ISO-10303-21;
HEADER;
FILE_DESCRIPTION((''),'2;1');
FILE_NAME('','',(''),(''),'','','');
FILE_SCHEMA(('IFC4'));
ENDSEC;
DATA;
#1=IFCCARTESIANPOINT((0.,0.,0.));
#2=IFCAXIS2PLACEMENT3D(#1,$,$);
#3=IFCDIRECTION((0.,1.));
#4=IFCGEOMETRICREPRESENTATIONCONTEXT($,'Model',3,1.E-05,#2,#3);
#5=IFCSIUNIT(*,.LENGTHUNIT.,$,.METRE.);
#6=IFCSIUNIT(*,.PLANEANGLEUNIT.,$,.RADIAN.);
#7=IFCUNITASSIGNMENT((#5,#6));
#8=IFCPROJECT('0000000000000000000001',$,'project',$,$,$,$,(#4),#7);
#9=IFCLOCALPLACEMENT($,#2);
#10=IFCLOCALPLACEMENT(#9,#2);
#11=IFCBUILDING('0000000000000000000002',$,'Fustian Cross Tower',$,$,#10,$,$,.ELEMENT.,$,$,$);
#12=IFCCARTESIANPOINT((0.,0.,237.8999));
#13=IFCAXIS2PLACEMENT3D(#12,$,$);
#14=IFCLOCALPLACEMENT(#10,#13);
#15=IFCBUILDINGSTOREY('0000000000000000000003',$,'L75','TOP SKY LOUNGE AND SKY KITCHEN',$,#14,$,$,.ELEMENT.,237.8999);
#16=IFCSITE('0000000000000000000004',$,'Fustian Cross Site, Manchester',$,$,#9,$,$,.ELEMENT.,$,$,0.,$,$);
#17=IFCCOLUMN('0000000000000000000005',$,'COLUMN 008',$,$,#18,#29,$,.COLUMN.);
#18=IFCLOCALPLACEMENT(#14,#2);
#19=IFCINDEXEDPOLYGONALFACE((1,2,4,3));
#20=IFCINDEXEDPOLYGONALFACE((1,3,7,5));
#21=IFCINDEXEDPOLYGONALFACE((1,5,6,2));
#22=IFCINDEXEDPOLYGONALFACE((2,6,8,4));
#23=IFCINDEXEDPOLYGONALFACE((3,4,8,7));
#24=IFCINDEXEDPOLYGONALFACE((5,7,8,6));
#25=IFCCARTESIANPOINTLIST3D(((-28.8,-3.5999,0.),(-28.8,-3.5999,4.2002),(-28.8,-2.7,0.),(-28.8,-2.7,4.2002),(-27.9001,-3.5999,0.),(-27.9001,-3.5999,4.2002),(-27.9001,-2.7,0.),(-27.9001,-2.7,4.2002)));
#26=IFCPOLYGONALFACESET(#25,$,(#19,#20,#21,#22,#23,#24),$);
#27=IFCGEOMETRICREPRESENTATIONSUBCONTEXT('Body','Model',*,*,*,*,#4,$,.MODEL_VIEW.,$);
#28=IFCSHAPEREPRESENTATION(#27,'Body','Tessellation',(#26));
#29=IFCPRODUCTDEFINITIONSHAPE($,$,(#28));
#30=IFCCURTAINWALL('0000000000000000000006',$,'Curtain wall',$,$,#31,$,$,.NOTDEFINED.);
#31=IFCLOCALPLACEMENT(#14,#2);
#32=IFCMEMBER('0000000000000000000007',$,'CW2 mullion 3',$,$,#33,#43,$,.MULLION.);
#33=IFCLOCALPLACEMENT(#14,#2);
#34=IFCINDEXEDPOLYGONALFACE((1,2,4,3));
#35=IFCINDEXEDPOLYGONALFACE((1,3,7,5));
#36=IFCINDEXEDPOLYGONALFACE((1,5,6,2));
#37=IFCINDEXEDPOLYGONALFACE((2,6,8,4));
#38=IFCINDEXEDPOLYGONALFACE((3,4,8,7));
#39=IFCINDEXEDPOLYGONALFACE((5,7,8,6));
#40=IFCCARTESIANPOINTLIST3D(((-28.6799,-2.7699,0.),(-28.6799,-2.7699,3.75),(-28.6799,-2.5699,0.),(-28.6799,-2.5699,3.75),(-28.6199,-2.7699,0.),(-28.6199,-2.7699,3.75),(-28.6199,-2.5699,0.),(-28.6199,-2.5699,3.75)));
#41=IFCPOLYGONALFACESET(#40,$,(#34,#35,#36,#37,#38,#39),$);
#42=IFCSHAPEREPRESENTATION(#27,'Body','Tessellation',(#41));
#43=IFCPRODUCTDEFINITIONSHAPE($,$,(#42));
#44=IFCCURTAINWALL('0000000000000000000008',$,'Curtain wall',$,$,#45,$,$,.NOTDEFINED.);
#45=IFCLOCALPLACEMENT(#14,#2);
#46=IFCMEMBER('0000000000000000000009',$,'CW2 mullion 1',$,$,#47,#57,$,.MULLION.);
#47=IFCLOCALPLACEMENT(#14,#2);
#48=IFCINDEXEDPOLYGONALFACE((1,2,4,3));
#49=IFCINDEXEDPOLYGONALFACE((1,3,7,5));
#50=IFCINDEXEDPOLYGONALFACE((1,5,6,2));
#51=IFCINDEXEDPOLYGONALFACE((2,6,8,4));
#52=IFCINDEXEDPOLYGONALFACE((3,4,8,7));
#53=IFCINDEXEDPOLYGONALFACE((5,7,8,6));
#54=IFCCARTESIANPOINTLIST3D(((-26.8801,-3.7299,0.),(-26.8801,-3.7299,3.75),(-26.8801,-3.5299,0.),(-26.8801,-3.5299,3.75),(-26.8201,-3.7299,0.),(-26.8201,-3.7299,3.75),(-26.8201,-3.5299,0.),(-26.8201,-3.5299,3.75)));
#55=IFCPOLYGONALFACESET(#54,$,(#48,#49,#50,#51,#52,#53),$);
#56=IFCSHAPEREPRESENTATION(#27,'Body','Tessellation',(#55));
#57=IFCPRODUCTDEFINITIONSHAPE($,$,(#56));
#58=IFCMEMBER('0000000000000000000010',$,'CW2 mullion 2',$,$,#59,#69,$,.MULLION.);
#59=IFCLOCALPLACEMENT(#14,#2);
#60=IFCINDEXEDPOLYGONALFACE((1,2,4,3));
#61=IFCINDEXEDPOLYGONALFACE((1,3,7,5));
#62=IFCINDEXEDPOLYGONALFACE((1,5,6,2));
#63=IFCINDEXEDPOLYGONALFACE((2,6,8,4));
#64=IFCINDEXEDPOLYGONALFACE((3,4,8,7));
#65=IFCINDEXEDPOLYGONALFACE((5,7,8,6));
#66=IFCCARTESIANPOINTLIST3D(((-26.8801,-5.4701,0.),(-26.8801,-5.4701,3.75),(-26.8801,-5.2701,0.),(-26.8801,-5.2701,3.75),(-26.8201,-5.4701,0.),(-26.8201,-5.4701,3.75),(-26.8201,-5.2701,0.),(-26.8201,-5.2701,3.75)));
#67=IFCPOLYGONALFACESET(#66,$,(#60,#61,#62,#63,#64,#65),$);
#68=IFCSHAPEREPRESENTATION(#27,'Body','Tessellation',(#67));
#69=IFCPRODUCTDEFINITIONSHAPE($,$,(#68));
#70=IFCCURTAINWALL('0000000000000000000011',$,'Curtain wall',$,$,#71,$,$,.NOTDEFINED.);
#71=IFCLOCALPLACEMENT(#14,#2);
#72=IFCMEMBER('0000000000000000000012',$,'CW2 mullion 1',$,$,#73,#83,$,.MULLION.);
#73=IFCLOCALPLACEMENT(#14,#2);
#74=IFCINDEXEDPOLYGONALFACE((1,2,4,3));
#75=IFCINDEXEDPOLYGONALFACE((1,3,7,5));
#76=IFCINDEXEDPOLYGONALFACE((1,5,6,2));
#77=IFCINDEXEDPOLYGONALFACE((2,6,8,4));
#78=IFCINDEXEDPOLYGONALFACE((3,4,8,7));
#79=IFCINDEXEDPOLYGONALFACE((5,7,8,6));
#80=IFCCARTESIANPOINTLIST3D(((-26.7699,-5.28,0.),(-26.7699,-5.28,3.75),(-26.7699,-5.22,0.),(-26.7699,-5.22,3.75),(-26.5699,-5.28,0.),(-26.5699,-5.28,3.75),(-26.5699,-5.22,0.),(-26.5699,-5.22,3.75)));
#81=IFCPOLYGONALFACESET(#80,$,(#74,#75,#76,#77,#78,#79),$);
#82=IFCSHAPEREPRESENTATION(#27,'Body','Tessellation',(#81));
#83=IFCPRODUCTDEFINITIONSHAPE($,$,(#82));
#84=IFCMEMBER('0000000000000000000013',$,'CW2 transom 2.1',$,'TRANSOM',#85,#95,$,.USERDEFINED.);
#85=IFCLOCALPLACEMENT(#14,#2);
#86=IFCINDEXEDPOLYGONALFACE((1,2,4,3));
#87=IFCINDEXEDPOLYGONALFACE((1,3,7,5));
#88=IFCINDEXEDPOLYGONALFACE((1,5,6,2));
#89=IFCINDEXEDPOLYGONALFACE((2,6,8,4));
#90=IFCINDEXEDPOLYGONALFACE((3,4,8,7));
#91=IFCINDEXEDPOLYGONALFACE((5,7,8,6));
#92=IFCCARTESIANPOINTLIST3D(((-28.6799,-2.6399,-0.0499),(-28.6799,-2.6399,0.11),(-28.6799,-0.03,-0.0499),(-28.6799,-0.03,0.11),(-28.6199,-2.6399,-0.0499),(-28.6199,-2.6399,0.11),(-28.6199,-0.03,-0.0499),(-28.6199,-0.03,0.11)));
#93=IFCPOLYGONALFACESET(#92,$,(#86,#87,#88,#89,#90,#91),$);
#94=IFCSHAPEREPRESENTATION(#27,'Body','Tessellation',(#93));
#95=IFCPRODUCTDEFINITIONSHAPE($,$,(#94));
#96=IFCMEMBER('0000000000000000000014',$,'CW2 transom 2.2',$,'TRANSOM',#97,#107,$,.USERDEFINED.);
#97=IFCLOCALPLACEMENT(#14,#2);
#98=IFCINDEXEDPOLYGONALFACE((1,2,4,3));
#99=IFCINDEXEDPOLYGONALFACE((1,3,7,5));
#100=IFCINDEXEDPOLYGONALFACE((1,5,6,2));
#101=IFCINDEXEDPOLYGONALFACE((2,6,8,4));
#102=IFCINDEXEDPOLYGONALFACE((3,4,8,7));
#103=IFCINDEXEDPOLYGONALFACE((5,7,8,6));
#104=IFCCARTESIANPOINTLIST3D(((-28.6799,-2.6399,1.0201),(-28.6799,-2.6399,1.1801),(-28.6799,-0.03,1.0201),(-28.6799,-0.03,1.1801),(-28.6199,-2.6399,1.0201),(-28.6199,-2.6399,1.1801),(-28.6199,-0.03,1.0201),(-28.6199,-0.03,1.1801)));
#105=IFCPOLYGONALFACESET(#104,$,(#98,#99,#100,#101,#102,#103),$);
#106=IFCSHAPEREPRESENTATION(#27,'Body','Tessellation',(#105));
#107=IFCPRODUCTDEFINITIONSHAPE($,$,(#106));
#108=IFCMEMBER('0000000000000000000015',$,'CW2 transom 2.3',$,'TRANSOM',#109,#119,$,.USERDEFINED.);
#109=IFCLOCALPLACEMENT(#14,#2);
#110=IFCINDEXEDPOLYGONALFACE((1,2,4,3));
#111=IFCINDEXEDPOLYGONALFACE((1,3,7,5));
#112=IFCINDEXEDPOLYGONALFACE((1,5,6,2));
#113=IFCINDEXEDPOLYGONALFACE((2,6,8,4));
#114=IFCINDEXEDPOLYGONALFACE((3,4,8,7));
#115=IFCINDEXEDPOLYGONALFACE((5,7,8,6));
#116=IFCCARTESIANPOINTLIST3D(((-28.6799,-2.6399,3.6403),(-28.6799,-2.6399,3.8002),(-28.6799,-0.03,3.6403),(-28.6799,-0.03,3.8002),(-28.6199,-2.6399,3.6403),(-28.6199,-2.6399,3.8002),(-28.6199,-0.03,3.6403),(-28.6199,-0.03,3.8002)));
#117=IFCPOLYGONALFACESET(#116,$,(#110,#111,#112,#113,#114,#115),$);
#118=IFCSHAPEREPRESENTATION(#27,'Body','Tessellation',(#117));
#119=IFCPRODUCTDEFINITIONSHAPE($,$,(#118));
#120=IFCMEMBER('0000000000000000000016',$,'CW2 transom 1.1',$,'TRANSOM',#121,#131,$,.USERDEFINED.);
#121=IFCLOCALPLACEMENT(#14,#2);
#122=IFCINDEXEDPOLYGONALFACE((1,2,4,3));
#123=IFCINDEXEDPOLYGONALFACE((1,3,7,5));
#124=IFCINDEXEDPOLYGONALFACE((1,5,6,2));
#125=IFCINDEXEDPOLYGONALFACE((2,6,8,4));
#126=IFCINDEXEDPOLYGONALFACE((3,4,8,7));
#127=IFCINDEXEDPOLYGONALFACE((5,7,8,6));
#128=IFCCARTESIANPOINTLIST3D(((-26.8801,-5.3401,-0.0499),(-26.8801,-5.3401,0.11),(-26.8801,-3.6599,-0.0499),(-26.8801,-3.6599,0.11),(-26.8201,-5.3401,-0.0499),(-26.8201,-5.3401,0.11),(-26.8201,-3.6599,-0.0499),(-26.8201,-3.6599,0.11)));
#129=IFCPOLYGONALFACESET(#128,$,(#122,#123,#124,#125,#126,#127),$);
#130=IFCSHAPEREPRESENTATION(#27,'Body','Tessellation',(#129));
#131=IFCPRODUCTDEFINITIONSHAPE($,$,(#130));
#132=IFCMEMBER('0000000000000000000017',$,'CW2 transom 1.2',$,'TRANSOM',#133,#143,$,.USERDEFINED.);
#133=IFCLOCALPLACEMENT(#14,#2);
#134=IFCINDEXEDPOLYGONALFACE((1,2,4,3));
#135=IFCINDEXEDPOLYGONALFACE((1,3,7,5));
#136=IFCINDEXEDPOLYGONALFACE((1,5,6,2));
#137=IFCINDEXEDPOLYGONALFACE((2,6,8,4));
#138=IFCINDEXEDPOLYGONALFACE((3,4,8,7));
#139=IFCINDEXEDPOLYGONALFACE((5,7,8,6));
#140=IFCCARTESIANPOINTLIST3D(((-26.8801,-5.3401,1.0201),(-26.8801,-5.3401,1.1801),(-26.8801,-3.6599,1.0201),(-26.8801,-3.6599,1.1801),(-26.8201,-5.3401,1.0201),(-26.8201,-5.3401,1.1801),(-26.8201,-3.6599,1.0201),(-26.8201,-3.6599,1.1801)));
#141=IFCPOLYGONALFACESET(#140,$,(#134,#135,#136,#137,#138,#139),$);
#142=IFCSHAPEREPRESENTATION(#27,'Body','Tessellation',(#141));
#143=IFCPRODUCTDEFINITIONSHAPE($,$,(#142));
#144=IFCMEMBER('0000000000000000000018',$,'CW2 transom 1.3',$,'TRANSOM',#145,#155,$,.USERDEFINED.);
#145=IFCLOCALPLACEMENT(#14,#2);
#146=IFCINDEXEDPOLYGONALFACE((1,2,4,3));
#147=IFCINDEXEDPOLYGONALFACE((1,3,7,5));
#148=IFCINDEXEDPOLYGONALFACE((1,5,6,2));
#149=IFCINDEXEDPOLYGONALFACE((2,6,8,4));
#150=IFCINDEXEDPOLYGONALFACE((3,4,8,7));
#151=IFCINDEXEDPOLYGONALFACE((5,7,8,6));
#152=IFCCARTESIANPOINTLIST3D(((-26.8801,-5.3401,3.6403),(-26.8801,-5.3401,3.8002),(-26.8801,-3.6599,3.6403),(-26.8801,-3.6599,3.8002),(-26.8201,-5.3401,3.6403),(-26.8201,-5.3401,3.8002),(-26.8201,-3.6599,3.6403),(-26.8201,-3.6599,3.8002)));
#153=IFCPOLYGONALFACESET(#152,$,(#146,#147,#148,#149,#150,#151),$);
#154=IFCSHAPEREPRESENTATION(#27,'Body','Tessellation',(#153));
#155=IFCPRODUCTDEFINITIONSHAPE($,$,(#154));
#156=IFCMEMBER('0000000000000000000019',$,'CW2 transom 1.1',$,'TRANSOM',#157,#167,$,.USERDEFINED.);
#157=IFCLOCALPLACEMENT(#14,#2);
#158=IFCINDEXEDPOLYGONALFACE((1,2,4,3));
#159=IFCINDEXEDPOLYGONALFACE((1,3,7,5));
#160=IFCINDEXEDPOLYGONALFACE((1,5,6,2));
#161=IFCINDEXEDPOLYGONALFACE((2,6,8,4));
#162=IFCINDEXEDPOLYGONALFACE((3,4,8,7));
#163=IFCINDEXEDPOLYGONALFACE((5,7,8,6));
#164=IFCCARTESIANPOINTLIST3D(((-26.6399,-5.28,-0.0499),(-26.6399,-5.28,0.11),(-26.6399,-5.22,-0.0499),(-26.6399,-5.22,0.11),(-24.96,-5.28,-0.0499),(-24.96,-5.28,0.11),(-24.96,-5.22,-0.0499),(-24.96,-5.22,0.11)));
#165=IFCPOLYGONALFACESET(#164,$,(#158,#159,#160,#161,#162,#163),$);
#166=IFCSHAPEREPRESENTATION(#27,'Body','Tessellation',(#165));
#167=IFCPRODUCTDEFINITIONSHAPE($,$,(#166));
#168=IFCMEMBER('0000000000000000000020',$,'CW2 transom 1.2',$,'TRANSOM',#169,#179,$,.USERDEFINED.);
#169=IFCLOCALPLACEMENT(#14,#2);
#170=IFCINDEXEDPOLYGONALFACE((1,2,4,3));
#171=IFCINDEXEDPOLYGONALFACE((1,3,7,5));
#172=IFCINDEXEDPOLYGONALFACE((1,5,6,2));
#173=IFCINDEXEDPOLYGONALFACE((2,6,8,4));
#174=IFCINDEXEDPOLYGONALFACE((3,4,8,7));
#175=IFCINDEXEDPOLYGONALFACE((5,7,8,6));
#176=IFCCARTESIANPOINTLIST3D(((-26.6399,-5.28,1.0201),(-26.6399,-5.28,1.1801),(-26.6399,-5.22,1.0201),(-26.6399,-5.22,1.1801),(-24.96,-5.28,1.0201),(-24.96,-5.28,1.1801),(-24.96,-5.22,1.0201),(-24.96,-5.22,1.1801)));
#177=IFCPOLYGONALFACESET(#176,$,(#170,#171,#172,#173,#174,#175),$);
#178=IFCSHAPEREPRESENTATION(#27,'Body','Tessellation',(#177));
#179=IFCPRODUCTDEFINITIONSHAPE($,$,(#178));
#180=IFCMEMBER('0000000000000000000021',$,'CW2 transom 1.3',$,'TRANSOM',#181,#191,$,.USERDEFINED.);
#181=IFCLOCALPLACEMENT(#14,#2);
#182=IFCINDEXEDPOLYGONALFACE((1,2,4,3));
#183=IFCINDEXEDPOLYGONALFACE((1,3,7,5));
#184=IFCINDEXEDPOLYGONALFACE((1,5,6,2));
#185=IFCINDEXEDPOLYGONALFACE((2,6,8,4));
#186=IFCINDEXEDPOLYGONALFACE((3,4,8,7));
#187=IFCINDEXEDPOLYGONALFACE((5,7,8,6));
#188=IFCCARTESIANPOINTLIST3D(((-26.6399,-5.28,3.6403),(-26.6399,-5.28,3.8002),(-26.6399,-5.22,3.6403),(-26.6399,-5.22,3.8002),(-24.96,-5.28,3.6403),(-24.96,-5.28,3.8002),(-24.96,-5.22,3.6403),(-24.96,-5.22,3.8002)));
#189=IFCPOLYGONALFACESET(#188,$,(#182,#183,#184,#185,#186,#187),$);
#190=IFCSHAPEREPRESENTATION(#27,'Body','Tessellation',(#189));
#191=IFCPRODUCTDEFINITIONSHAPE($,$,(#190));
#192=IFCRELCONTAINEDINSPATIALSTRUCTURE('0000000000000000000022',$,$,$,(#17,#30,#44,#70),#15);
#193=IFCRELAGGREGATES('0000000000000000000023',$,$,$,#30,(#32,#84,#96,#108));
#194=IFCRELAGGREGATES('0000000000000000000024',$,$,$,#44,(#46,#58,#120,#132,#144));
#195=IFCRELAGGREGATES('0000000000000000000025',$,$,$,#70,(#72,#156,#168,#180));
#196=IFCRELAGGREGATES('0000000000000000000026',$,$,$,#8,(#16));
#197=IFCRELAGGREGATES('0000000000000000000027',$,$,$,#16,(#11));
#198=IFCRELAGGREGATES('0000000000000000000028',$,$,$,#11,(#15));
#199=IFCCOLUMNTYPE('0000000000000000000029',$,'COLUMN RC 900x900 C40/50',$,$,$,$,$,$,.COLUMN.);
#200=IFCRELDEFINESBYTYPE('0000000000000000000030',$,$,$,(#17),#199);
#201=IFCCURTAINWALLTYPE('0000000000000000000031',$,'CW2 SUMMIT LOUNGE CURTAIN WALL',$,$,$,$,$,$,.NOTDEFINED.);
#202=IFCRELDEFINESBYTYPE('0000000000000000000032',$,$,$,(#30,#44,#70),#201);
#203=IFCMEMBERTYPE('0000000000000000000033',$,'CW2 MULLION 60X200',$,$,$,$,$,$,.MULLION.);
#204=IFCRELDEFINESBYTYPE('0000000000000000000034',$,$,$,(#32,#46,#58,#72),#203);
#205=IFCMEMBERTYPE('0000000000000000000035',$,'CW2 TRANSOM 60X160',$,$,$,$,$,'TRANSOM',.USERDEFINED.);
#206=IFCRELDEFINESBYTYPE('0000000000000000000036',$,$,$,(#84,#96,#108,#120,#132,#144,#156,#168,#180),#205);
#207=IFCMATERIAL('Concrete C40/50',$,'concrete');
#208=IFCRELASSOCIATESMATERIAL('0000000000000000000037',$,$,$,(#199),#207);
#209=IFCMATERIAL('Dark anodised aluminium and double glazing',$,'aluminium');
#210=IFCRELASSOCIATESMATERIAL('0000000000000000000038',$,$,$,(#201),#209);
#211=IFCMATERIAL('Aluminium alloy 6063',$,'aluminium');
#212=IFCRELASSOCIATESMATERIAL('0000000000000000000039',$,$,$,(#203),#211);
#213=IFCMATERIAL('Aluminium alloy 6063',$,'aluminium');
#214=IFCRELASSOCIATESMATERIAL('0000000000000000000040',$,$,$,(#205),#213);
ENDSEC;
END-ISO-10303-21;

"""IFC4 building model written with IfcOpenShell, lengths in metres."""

from ifc_helpers import new_model, si_unit, direction, frame, origin, origin_2d, place, context, subcontext, project, spatial, rectangle, extrude, material, material_profile, profile_set, type_object, element, aggregate, save


model = new_model("IFC4")

# Units and contexts
model_context = context("Model", 3, precision=1e-05, world=origin(), true_north=direction((0.0, 1.0)))
body_context = subcontext(model_context, "Body", "Model", "MODEL_VIEW")
ifc_project = project(units=[si_unit("LENGTHUNIT", "METRE"), si_unit("PLANEANGLEUNIT", "RADIAN")], contexts=[model_context])

# Site, building, storey
site_placement = place(None, origin())
site = spatial("IfcSite", under=ifc_project, at=site_placement, Name="Fustian Cross Site, Manchester", CompositionType="ELEMENT", RefElevation=0.0)
building_placement = place(site_placement, origin())
building = spatial("IfcBuilding", under=site, at=building_placement, Name="Fustian Cross Tower", CompositionType="ELEMENT")
storey_placement = place(building_placement, frame((0.0, 0.0, 237.8999)))
storey = spatial("IfcBuildingStorey", under=building, at=storey_placement, Name="L75", Description="TOP SKY LOUNGE AND SKY KITCHEN", CompositionType="ELEMENT", Elevation=237.8999)

# Column
ifc_material_1 = material(Name="Concrete C40/50", Category="concrete")
ifc_material_profile_1 = material_profile(ifc_material_1, rectangle(XDim=0.8999, YDim=0.8999, at=origin_2d()), Name="RC 900x900")
ifc_profile_set_1 = profile_set([ifc_material_profile_1], Name="Concrete C40/50")
column_type = type_object("IfcColumnType", Name="COLUMN RC 900x900 C40/50", PredefinedType="COLUMN", material=ifc_profile_set_1)
column_placement = place(storey_placement, frame((-28.3501, -3.1499, 0.0), z_axis=(0.0, 0.0, 1.0), x_axis=(1.0, 0.0, 0.0)))
element("IfcColumn", 1, at=column_placement, inside=storey, type_object=column_type, Name="COLUMN 008", PredefinedType="COLUMN", context=body_context, shape_type="SweptSolid", body=[
    extrude(rectangle(XDim=0.8999, YDim=0.8999, at=origin_2d()), origin(), (0.0, 0.0, 1.0), 4.2002),
])

# Curtain wall, member
ifc_material_2 = material(Name="Dark anodised aluminium and double glazing", Category="aluminium")
curtain_wall_type = type_object("IfcCurtainWallType", Name="CW2 SUMMIT LOUNGE CURTAIN WALL", PredefinedType="NOTDEFINED", material=ifc_material_2)
curtain_wall_1_placement = place(storey_placement, origin())
curtain_wall_1 = element("IfcCurtainWall", 2, at=curtain_wall_1_placement, inside=storey, type_object=curtain_wall_type, Name="Curtain wall", PredefinedType="NOTDEFINED")
ifc_material_3 = material(Name="Aluminium alloy 6063", Category="aluminium")
ifc_material_profile_2 = material_profile(ifc_material_3, rectangle(XDim=0.0601, YDim=0.2, at=origin_2d()), Name="CW2 MULLION 60X200")
ifc_profile_set_2 = profile_set([ifc_material_profile_2], Name="Aluminium alloy 6063")
member_type_1 = type_object("IfcMemberType", Name="CW2 MULLION 60X200", PredefinedType="MULLION", material=ifc_profile_set_2)
member_1_placement = place(storey_placement, frame((-28.6499, -2.6699, 0.0), z_axis=(0.0, 0.0, 1.0), x_axis=(1.0, 0.0, 0.0)))
member_1 = element("IfcMember", 3, at=member_1_placement, type_object=member_type_1, Name="CW2 mullion 3", PredefinedType="MULLION", context=body_context, shape_type="SweptSolid", body=[
    extrude(rectangle(XDim=0.0601, YDim=0.2, at=origin_2d()), origin(), (0.0, 0.0, 1.0), 3.75),
])

# Curtain wall, members
curtain_wall_2_placement = place(storey_placement, origin())
curtain_wall_2 = element("IfcCurtainWall", 4, at=curtain_wall_2_placement, inside=storey, type_object=curtain_wall_type, Name="Curtain wall", PredefinedType="NOTDEFINED")
member_2_placement = place(storey_placement, frame((-26.8501, -3.6299, 0.0), z_axis=(0.0, 0.0, 1.0), x_axis=(1.0, 0.0, 0.0)))
member_2 = element("IfcMember", 5, at=member_2_placement, type_object=member_type_1, Name="CW2 mullion 1", PredefinedType="MULLION", context=body_context, shape_type="SweptSolid", body=[
    extrude(rectangle(XDim=0.0601, YDim=0.2, at=origin_2d()), origin(), (0.0, 0.0, 1.0), 3.75),
])
member_3_placement = place(storey_placement, frame((-26.8501, -5.3701, 0.0), z_axis=(0.0, 0.0, 1.0), x_axis=(1.0, 0.0, 0.0)))
member_3 = element("IfcMember", 6, at=member_3_placement, type_object=member_type_1, Name="CW2 mullion 2", PredefinedType="MULLION", context=body_context, shape_type="SweptSolid", body=[
    extrude(rectangle(XDim=0.0601, YDim=0.2, at=origin_2d()), origin(), (0.0, 0.0, 1.0), 3.75),
])

# Curtain wall, member
curtain_wall_3_placement = place(storey_placement, origin())
curtain_wall_3 = element("IfcCurtainWall", 7, at=curtain_wall_3_placement, inside=storey, type_object=curtain_wall_type, Name="Curtain wall", PredefinedType="NOTDEFINED")
member_4_placement = place(storey_placement, frame((-26.6699, -5.25, 0.0), z_axis=(0.0, 0.0, 1.0), x_axis=(0.0, 1.0, 0.0)))
member_4 = element("IfcMember", 8, at=member_4_placement, type_object=member_type_1, Name="CW2 mullion 1", PredefinedType="MULLION", context=body_context, shape_type="SweptSolid", body=[
    extrude(rectangle(XDim=0.0601, YDim=0.2, at=origin_2d()), origin(), (0.0, 0.0, 1.0), 3.75),
])

# Members
ifc_material_4 = material(Name="Aluminium alloy 6063", Category="aluminium")
ifc_material_profile_3 = material_profile(ifc_material_4, rectangle(XDim=0.0601, YDim=0.1599, at=origin_2d()), Name="CW2 TRANSOM 60X160")
ifc_profile_set_3 = profile_set([ifc_material_profile_3], Name="Aluminium alloy 6063")
member_type_2 = type_object("IfcMemberType", Name="CW2 TRANSOM 60X160", ElementType="TRANSOM", PredefinedType="USERDEFINED", material=ifc_profile_set_3)
member_5_placement = place(storey_placement, frame((-28.6499, -0.03, 0.03), z_axis=(0.0, -1.0, 0.0), x_axis=(1.0, 0.0, 0.0)))
member_5 = element("IfcMember", 9, at=member_5_placement, type_object=member_type_2, Name="CW2 transom 2.1", ObjectType="TRANSOM", PredefinedType="USERDEFINED", context=body_context, shape_type="SweptSolid", body=[
    extrude(rectangle(XDim=0.0601, YDim=0.1599, at=origin_2d()), origin(), (0.0, 0.0, 1.0), 2.6099),
])
member_6_placement = place(storey_placement, frame((-28.6499, -0.03, 1.1001), z_axis=(0.0, -1.0, 0.0), x_axis=(1.0, 0.0, 0.0)))
member_6 = element("IfcMember", 10, at=member_6_placement, type_object=member_type_2, Name="CW2 transom 2.2", ObjectType="TRANSOM", PredefinedType="USERDEFINED", context=body_context, shape_type="SweptSolid", body=[
    extrude(rectangle(XDim=0.0601, YDim=0.1599, at=origin_2d()), origin(), (0.0, 0.0, 1.0), 2.6099),
])
member_7_placement = place(storey_placement, frame((-28.6499, -0.03, 3.7202), z_axis=(0.0, -1.0, 0.0), x_axis=(1.0, 0.0, 0.0)))
member_7 = element("IfcMember", 11, at=member_7_placement, type_object=member_type_2, Name="CW2 transom 2.3", ObjectType="TRANSOM", PredefinedType="USERDEFINED", context=body_context, shape_type="SweptSolid", body=[
    extrude(rectangle(XDim=0.0601, YDim=0.1599, at=origin_2d()), origin(), (0.0, 0.0, 1.0), 2.6099),
])
member_8_placement = place(storey_placement, frame((-26.8501, -3.6599, 0.03), z_axis=(0.0, -1.0, 0.0), x_axis=(1.0, 0.0, 0.0)))
member_8 = element("IfcMember", 12, at=member_8_placement, type_object=member_type_2, Name="CW2 transom 1.1", ObjectType="TRANSOM", PredefinedType="USERDEFINED", context=body_context, shape_type="SweptSolid", body=[
    extrude(rectangle(XDim=0.0601, YDim=0.1599, at=origin_2d()), origin(), (0.0, 0.0, 1.0), 1.6802),
])
member_9_placement = place(storey_placement, frame((-26.8501, -3.6599, 1.1001), z_axis=(0.0, -1.0, 0.0), x_axis=(1.0, 0.0, 0.0)))
member_9 = element("IfcMember", 13, at=member_9_placement, type_object=member_type_2, Name="CW2 transom 1.2", ObjectType="TRANSOM", PredefinedType="USERDEFINED", context=body_context, shape_type="SweptSolid", body=[
    extrude(rectangle(XDim=0.0601, YDim=0.1599, at=origin_2d()), origin(), (0.0, 0.0, 1.0), 1.6802),
])
member_10_placement = place(storey_placement, frame((-26.8501, -3.6599, 3.7202), z_axis=(0.0, -1.0, 0.0), x_axis=(1.0, 0.0, 0.0)))
member_10 = element("IfcMember", 14, at=member_10_placement, type_object=member_type_2, Name="CW2 transom 1.3", ObjectType="TRANSOM", PredefinedType="USERDEFINED", context=body_context, shape_type="SweptSolid", body=[
    extrude(rectangle(XDim=0.0601, YDim=0.1599, at=origin_2d()), origin(), (0.0, 0.0, 1.0), 1.6802),
])
member_11_placement = place(storey_placement, frame((-26.6399, -5.25, 0.03), z_axis=(1.0, 0.0, 0.0), x_axis=(0.0, 1.0, 0.0)))
member_11 = element("IfcMember", 15, at=member_11_placement, type_object=member_type_2, Name="CW2 transom 1.1", ObjectType="TRANSOM", PredefinedType="USERDEFINED", context=body_context, shape_type="SweptSolid", body=[
    extrude(rectangle(XDim=0.0601, YDim=0.1599, at=origin_2d()), origin(), (0.0, 0.0, 1.0), 1.6799),
])
member_12_placement = place(storey_placement, frame((-26.6399, -5.25, 1.1001), z_axis=(1.0, 0.0, 0.0), x_axis=(0.0, 1.0, 0.0)))
member_12 = element("IfcMember", 16, at=member_12_placement, type_object=member_type_2, Name="CW2 transom 1.2", ObjectType="TRANSOM", PredefinedType="USERDEFINED", context=body_context, shape_type="SweptSolid", body=[
    extrude(rectangle(XDim=0.0601, YDim=0.1599, at=origin_2d()), origin(), (0.0, 0.0, 1.0), 1.6799),
])
member_13_placement = place(storey_placement, frame((-26.6399, -5.25, 3.7202), z_axis=(1.0, 0.0, 0.0), x_axis=(0.0, 1.0, 0.0)))
member_13 = element("IfcMember", 17, at=member_13_placement, type_object=member_type_2, Name="CW2 transom 1.3", ObjectType="TRANSOM", PredefinedType="USERDEFINED", context=body_context, shape_type="SweptSolid", body=[
    extrude(rectangle(XDim=0.0601, YDim=0.1599, at=origin_2d()), origin(), (0.0, 0.0, 1.0), 1.6799),
])

aggregate(curtain_wall_1, [member_1, member_5, member_6, member_7])
aggregate(curtain_wall_2, [member_2, member_3, member_8, member_9, member_10])
aggregate(curtain_wall_3, [member_4, member_11, member_12, member_13])

save(model, "model.ifc")
